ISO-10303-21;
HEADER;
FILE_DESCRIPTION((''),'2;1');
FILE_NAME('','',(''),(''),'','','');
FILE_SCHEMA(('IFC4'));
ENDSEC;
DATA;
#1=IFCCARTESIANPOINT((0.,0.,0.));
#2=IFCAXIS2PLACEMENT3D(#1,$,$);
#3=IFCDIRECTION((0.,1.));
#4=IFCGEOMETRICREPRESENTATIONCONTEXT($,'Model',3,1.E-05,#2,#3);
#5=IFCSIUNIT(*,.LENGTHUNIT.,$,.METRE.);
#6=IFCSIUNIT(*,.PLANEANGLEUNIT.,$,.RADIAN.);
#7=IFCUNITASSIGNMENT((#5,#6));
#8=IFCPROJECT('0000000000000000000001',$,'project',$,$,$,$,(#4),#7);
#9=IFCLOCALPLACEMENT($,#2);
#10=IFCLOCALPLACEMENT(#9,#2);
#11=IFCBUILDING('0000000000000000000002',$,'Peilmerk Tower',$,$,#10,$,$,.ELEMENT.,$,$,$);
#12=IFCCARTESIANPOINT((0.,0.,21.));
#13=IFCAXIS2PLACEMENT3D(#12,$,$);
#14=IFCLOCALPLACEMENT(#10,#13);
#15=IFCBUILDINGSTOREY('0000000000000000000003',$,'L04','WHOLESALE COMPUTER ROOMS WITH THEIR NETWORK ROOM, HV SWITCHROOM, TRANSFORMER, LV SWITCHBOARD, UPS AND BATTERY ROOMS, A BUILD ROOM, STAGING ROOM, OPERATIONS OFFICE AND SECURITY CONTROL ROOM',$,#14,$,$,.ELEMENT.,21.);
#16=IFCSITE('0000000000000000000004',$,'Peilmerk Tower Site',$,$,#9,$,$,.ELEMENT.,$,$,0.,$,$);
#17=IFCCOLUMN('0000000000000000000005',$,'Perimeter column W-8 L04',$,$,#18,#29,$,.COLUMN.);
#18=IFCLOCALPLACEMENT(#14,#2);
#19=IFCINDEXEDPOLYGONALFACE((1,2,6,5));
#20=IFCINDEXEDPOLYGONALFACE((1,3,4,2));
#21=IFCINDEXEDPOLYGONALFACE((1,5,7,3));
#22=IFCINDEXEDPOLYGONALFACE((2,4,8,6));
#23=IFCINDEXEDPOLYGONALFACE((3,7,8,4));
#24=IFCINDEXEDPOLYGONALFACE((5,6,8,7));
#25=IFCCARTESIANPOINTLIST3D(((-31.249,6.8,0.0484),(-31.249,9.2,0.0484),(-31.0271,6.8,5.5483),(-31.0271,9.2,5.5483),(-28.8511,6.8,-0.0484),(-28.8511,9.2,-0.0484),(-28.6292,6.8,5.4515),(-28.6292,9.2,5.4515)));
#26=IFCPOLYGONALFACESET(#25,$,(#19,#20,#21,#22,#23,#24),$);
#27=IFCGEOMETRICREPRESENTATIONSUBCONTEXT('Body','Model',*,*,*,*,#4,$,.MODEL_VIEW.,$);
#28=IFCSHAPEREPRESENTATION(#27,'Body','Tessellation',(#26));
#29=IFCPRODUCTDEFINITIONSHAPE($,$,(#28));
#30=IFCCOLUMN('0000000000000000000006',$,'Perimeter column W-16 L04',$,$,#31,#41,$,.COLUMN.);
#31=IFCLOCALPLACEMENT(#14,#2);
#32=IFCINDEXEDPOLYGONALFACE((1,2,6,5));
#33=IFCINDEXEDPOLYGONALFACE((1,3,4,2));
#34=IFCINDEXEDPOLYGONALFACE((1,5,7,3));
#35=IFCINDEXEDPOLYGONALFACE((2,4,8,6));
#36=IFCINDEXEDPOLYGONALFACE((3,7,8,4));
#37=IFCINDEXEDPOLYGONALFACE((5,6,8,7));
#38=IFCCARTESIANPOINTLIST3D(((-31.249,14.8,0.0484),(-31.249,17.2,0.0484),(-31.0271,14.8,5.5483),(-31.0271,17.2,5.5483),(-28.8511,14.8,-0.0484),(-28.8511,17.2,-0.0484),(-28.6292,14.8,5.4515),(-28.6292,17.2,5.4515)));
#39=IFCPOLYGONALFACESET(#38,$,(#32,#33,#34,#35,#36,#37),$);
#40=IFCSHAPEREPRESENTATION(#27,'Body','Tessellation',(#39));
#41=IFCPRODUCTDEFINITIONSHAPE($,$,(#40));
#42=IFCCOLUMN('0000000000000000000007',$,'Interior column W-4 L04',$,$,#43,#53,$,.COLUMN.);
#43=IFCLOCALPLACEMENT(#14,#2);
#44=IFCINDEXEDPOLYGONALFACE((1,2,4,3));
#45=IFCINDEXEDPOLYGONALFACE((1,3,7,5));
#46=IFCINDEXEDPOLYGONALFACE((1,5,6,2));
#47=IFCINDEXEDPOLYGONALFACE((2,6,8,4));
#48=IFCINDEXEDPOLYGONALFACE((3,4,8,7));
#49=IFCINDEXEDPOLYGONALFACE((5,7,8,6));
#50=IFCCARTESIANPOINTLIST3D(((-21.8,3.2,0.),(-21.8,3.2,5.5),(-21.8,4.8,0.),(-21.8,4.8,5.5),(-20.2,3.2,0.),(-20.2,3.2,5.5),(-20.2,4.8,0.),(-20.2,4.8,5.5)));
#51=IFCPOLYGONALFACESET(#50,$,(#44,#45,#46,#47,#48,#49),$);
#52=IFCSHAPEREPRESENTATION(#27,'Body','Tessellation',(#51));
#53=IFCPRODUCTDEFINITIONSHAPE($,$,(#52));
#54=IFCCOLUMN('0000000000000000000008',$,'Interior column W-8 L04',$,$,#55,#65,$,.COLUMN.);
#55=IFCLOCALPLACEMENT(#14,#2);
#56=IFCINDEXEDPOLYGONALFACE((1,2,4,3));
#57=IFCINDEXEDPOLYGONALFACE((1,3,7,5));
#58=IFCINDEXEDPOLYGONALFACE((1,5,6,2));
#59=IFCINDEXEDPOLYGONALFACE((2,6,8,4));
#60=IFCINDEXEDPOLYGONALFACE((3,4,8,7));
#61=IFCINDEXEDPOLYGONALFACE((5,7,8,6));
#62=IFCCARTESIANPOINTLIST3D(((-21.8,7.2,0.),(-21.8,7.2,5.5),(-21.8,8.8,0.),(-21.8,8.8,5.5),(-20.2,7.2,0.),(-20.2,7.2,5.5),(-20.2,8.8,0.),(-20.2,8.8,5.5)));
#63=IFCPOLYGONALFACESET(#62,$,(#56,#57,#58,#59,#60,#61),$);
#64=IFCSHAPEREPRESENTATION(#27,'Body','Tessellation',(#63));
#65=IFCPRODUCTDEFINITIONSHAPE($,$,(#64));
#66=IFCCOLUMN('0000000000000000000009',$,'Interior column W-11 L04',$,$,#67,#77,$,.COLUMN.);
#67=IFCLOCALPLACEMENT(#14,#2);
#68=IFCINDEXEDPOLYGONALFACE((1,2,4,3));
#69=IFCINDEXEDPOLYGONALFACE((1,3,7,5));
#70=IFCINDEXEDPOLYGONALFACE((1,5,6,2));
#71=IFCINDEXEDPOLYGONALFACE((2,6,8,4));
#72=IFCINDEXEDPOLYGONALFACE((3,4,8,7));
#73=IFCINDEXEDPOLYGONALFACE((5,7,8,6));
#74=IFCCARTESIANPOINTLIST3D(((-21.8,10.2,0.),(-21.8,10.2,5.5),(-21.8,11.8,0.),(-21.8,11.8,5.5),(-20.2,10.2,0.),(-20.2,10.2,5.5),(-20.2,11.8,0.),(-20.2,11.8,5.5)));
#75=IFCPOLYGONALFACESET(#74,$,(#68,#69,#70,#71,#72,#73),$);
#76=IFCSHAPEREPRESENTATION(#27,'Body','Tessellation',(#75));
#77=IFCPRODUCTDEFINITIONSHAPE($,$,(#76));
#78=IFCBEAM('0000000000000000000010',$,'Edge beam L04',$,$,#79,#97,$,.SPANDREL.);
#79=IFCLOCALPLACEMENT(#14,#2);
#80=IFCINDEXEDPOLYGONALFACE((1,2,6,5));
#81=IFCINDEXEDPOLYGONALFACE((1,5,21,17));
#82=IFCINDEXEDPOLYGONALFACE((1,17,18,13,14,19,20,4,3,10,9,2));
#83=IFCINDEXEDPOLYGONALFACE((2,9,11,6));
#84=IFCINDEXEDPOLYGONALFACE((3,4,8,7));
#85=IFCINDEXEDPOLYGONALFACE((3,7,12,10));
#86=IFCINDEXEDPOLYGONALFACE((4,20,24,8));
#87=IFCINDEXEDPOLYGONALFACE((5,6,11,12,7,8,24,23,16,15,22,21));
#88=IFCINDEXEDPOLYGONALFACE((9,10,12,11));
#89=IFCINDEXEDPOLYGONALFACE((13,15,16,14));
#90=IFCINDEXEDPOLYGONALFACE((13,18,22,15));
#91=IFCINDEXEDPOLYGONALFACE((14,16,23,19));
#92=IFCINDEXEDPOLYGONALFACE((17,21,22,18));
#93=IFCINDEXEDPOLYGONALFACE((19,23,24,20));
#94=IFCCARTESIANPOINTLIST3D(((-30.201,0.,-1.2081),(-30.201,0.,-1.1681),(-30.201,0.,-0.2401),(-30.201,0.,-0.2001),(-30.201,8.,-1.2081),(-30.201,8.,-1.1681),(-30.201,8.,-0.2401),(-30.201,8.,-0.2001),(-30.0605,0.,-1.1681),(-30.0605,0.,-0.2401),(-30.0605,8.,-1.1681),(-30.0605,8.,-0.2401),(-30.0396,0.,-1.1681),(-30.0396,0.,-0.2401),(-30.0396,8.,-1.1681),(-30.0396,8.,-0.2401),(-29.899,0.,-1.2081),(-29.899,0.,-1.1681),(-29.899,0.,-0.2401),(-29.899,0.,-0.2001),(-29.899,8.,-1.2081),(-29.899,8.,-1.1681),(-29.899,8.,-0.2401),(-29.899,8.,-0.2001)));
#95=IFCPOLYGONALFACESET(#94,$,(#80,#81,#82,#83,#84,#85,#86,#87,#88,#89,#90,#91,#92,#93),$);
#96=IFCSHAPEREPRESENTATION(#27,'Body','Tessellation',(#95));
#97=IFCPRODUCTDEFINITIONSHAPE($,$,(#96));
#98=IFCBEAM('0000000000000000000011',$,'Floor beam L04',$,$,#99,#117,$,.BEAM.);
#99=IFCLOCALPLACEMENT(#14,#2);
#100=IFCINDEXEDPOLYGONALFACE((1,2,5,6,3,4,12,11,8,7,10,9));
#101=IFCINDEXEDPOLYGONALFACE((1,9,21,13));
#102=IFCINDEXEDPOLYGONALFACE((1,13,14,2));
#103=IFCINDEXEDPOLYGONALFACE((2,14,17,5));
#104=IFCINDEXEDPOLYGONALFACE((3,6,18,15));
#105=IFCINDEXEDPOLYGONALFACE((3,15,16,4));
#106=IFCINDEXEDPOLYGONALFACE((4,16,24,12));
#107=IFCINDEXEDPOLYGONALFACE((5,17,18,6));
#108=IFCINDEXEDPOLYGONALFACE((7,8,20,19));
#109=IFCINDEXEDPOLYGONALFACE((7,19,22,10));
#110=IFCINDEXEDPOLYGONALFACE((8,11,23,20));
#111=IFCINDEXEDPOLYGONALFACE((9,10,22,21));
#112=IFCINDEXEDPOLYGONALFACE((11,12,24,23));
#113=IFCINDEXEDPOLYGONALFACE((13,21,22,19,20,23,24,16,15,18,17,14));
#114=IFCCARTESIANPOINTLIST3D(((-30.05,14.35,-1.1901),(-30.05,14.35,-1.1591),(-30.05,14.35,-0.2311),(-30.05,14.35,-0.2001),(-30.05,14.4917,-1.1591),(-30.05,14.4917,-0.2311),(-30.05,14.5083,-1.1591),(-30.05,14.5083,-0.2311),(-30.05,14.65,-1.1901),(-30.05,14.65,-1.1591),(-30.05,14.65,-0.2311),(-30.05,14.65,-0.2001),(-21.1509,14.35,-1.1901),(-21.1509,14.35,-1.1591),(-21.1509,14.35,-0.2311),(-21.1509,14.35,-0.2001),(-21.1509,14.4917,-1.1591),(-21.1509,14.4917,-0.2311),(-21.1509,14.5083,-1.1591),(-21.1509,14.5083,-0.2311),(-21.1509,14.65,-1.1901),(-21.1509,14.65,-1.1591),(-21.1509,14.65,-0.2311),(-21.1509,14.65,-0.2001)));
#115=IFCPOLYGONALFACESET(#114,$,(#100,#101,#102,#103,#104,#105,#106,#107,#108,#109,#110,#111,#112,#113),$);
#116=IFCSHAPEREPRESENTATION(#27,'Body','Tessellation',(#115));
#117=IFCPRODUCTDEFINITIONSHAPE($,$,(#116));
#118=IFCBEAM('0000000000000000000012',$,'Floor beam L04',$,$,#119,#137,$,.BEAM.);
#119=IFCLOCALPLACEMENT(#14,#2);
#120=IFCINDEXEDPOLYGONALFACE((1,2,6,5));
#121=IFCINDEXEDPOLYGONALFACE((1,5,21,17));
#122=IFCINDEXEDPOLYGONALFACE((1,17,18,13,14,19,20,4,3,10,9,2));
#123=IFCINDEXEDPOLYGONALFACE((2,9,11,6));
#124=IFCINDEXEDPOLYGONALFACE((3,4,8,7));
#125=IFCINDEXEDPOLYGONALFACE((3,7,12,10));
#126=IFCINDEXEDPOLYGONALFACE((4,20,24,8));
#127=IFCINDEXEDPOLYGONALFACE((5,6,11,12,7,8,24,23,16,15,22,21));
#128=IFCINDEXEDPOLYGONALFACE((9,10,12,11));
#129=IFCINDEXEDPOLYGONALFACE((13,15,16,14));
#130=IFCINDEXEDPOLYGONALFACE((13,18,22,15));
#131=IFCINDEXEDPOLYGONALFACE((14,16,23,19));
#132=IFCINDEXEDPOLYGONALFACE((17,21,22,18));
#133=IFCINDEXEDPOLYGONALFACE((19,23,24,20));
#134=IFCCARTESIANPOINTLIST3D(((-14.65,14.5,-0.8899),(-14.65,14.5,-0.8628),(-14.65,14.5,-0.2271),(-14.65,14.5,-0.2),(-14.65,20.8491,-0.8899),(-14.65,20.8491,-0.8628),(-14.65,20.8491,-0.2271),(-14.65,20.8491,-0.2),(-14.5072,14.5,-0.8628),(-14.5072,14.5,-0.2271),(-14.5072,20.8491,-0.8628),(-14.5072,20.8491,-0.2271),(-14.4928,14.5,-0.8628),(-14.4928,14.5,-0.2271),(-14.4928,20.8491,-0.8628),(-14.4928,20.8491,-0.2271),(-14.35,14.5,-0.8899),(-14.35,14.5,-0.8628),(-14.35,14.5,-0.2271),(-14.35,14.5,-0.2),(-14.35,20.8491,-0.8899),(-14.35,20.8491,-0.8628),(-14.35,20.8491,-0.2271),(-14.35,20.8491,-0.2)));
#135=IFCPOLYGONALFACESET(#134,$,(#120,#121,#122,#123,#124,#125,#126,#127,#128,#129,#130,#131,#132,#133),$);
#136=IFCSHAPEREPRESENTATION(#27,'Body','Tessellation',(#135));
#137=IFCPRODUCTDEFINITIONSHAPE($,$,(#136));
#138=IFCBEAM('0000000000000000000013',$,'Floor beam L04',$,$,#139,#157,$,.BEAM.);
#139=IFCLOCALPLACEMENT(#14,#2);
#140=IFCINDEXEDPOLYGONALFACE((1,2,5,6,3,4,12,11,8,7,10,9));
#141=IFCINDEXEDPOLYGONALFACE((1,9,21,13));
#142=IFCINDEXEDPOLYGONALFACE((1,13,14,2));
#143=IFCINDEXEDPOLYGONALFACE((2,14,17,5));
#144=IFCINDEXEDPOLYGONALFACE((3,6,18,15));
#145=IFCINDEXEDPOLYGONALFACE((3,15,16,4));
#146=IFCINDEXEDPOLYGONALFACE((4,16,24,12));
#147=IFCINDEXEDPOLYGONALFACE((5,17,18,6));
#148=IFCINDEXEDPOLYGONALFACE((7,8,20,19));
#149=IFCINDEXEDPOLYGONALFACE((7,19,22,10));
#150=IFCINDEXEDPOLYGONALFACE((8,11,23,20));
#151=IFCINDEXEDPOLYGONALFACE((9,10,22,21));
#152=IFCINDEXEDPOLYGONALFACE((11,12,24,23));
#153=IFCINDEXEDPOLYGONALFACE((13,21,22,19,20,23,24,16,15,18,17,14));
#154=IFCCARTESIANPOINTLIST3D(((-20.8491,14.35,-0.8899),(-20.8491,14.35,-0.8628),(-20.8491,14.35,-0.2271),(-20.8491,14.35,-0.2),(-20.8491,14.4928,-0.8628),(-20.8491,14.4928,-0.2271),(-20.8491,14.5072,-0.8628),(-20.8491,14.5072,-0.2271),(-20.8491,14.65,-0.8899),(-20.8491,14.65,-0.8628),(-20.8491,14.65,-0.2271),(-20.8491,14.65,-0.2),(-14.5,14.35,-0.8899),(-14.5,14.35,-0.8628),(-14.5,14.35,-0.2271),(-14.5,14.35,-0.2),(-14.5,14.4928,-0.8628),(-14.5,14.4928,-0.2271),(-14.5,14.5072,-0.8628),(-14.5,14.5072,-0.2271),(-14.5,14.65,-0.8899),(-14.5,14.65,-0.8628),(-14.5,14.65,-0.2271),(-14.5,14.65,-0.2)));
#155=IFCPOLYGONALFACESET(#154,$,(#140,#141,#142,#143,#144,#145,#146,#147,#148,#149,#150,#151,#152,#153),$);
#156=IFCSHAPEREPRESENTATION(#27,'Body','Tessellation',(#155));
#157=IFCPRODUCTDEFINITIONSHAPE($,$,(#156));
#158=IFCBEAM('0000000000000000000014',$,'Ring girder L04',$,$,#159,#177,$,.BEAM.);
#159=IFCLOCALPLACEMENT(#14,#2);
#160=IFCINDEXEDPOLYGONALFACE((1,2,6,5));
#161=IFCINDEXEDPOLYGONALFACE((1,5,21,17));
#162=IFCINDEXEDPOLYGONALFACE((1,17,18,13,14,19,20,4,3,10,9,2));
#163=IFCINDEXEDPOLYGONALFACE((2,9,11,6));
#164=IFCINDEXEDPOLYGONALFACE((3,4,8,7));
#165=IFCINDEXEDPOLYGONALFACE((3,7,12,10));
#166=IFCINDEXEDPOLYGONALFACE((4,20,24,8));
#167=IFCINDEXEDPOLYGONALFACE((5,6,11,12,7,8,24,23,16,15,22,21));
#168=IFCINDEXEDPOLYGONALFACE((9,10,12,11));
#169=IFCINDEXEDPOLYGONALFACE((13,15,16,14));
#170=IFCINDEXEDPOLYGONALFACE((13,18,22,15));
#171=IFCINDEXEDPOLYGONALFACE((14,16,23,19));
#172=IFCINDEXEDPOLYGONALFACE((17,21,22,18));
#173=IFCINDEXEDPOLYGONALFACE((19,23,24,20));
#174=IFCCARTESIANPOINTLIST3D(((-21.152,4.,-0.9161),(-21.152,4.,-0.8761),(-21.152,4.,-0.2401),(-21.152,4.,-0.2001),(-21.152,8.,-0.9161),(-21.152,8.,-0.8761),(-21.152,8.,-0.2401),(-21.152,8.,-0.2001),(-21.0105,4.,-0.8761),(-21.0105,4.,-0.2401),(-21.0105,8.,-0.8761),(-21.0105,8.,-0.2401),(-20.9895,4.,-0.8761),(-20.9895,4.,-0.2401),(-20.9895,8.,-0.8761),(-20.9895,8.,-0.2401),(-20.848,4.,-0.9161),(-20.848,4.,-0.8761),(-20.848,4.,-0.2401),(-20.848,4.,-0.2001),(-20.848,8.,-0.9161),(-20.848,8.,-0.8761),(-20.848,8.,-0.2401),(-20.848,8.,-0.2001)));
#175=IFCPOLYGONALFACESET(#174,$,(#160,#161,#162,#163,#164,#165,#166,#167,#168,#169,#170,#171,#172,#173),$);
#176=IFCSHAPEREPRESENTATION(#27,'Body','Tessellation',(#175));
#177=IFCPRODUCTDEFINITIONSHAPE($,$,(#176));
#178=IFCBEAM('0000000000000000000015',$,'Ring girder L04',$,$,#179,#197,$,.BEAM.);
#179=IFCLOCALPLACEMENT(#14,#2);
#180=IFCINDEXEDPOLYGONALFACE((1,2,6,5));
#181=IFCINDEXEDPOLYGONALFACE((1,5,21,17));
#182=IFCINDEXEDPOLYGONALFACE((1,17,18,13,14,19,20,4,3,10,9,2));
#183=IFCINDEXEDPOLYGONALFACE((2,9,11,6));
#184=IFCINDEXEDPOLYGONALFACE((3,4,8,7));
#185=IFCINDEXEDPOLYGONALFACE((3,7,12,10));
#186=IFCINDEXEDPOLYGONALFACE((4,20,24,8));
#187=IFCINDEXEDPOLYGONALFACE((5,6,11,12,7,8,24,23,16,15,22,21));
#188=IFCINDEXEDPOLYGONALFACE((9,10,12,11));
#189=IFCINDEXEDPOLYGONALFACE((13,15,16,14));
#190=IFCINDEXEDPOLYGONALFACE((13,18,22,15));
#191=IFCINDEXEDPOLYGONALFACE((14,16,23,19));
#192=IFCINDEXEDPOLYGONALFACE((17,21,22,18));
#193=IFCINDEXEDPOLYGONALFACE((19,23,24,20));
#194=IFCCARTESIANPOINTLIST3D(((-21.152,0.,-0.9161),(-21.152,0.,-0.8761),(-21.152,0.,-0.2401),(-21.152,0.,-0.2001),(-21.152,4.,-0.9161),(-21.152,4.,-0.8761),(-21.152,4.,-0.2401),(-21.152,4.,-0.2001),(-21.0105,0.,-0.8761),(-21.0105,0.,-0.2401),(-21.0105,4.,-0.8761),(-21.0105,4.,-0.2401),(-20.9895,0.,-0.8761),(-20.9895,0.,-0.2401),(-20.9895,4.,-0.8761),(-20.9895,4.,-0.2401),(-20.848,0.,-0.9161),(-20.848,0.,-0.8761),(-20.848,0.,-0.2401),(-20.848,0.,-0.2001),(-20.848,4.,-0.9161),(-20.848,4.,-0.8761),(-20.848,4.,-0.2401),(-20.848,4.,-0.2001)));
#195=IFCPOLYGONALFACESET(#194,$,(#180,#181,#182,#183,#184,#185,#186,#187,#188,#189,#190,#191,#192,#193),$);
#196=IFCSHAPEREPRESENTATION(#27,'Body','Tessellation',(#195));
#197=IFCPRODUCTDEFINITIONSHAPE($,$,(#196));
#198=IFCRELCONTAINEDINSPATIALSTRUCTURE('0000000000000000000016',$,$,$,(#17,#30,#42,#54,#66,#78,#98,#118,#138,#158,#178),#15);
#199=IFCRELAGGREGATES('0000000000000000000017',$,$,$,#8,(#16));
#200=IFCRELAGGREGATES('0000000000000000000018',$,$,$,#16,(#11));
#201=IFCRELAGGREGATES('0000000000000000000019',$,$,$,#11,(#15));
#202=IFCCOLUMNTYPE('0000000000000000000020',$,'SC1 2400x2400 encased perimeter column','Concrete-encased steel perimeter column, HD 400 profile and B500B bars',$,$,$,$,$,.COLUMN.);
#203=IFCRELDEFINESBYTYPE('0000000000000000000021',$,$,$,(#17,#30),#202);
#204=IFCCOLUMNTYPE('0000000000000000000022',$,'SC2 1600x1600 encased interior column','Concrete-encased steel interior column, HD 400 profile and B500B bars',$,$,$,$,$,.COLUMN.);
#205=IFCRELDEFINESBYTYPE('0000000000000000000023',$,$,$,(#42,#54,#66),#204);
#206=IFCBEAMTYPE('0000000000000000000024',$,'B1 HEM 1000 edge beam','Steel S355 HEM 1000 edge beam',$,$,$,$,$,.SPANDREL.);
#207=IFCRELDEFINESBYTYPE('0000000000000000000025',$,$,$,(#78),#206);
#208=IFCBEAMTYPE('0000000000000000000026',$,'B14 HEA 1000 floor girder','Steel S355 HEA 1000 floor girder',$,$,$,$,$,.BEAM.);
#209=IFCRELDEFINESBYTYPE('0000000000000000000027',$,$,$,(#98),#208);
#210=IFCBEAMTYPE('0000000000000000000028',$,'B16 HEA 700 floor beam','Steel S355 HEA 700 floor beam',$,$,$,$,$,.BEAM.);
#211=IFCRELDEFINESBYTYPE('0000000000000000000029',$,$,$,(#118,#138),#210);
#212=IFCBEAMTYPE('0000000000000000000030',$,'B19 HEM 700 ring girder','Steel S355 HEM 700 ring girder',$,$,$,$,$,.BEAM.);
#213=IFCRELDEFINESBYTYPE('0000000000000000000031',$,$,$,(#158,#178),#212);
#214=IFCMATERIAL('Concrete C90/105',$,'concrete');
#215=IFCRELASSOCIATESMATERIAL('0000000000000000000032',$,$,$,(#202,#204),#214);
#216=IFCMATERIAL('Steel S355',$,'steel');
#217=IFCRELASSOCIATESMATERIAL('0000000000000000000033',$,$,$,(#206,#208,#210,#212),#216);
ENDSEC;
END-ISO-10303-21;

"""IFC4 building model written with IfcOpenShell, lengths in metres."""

from ifc_helpers import new_model, si_unit, direction, frame, origin, origin_2d, place, context, subcontext, project, spatial, rectangle, i_section, extrude, material, material_profile, profile_set, type_object, element, save


model = new_model("IFC4")

# Units and contexts
model_context = context("Model", 3, precision=1e-05, world=origin(), true_north=direction((0.0, 1.0)))
body_context = subcontext(model_context, "Body", "Model", "MODEL_VIEW")
ifc_project = project(units=[si_unit("LENGTHUNIT", "METRE"), si_unit("PLANEANGLEUNIT", "RADIAN")], contexts=[model_context])

# Site, building, storey
site_placement = place(None, origin())
site = spatial("IfcSite", under=ifc_project, at=site_placement, Name="Peilmerk Tower Site", CompositionType="ELEMENT", RefElevation=0.0)
building_placement = place(site_placement, origin())
building = spatial("IfcBuilding", under=site, at=building_placement, Name="Peilmerk Tower", CompositionType="ELEMENT")
storey_placement = place(building_placement, frame((0.0, 0.0, 21.0)))
storey = spatial("IfcBuildingStorey", under=building, at=storey_placement, Name="L04", Description="WHOLESALE COMPUTER ROOMS WITH THEIR NETWORK ROOM, HV SWITCHROOM, TRANSFORMER, LV SWITCHBOARD, UPS AND BATTERY ROOMS, A BUILD ROOM, STAGING ROOM, OPERATIONS OFFICE AND SECURITY CONTROL ROOM", CompositionType="ELEMENT", Elevation=21.0)

# Columns
ifc_material_1 = material(Name="Concrete C90/105", Category="concrete")
ifc_material_profile_1 = material_profile(ifc_material_1, rectangle(XDim=2.3999, YDim=2.3999, at=origin_2d()), Name="RC 2400x2400")
ifc_profile_set_1 = profile_set([ifc_material_profile_1], Name="Concrete C90/105")
column_type_1 = type_object("IfcColumnType", Name="SC1 2400x2400 encased perimeter column", Description="Concrete-encased steel perimeter column, HD 400 profile and B500B bars", PredefinedType="COLUMN", material=ifc_profile_set_1)
for number, where, z_axis, x_axis, name in (
    (1, (-30.05, 8.0, 0.0), (0.040317, 0.0, 0.999187), (0.0, 1.0, 0.0), "Perimeter column W-8 L04"),
    (2, (-30.05, 16.0, 0.0), (0.040317, 0.0, 0.999187), (0.0, 1.0, 0.0), "Perimeter column W-16 L04"),
):
    element("IfcColumn", number, at=place(storey_placement, frame(where, z_axis=z_axis, x_axis=x_axis)), inside=storey, type_object=column_type_1, Name=name, PredefinedType="COLUMN", context=body_context, shape_type="SweptSolid", body=[
        extrude(rectangle(XDim=2.3999, YDim=2.3999, at=origin_2d()), origin(), (0.0, 0.0, 1.0), 5.5044),
    ])
ifc_material_profile_2 = material_profile(ifc_material_1, rectangle(XDim=1.6001, YDim=1.6001, at=origin_2d()), Name="RC 1600x1600")
ifc_profile_set_2 = profile_set([ifc_material_profile_2], Name="Concrete C90/105")
column_type_2 = type_object("IfcColumnType", Name="SC2 1600x1600 encased interior column", Description="Concrete-encased steel interior column, HD 400 profile and B500B bars", PredefinedType="COLUMN", material=ifc_profile_set_2)
for number, where, z_axis, x_axis, name in (
    (3, (-21.0, 4.0, 0.0), (0.0, 0.0, 1.0), (1.0, 0.0, 0.0), "Interior column W-4 L04"),
    (4, (-21.0, 8.0, 0.0), (0.0, 0.0, 1.0), (1.0, 0.0, 0.0), "Interior column W-8 L04"),
    (5, (-21.0, 11.0, 0.0), (0.0, 0.0, 1.0), (1.0, 0.0, 0.0), "Interior column W-11 L04"),
):
    element("IfcColumn", number, at=place(storey_placement, frame(where, z_axis=z_axis, x_axis=x_axis)), inside=storey, type_object=column_type_2, Name=name, PredefinedType="COLUMN", context=body_context, shape_type="SweptSolid", body=[
        extrude(rectangle(XDim=1.6001, YDim=1.6001, at=origin_2d()), origin(), (0.0, 0.0, 1.0), 5.5),
    ])

# Beams
ifc_material_2 = material(Name="Steel S355", Category="steel")
ifc_material_profile_3 = material_profile(ifc_material_2, i_section(OverallWidth=0.302, OverallDepth=1.0081, WebThickness=0.021, FlangeThickness=0.04, at=origin_2d()), Name="HEM 1000")
ifc_profile_set_3 = profile_set([ifc_material_profile_3], Name="Steel S355")
beam_type_1 = type_object("IfcBeamType", Name="B1 HEM 1000 edge beam", Description="Steel S355 HEM 1000 edge beam", PredefinedType="SPANDREL", material=ifc_profile_set_3)
beam_1_placement = place(storey_placement, frame((-30.05, 8.0, -0.7041), z_axis=(0.0, -1.0, 0.0), x_axis=(1.0, 0.0, 0.0)))
element("IfcBeam", 6, at=beam_1_placement, inside=storey, type_object=beam_type_1, Name="Edge beam L04", PredefinedType="SPANDREL", context=body_context, shape_type="SweptSolid", body=[
    extrude(i_section(OverallWidth=0.302, OverallDepth=1.0081, WebThickness=0.021, FlangeThickness=0.04, at=origin_2d()), origin(), (0.0, 0.0, 1.0), 8.0),
])
ifc_material_profile_4 = material_profile(ifc_material_2, i_section(OverallWidth=0.3, OverallDepth=0.99, WebThickness=0.0166, FlangeThickness=0.031, at=origin_2d()), Name="HEA 1000")
ifc_profile_set_4 = profile_set([ifc_material_profile_4], Name="Steel S355")
beam_type_2 = type_object("IfcBeamType", Name="B14 HEA 1000 floor girder", Description="Steel S355 HEA 1000 floor girder", PredefinedType="BEAM", material=ifc_profile_set_4)
beam_2_placement = place(storey_placement, frame((-21.1509, 14.5, -0.6951), z_axis=(-1.0, 0.0, 0.0), x_axis=(0.0, -1.0, 0.0)))
element("IfcBeam", 7, at=beam_2_placement, inside=storey, type_object=beam_type_2, Name="Floor beam L04", PredefinedType="BEAM", context=body_context, shape_type="SweptSolid", body=[
    extrude(i_section(OverallWidth=0.3, OverallDepth=0.99, WebThickness=0.0166, FlangeThickness=0.031, at=origin_2d()), origin(), (0.0, 0.0, 1.0), 8.8992),
])
ifc_material_profile_5 = material_profile(ifc_material_2, i_section(OverallWidth=0.3, OverallDepth=0.6899, WebThickness=0.0144, FlangeThickness=0.0271, at=origin_2d()), Name="HEA 700")
ifc_profile_set_5 = profile_set([ifc_material_profile_5], Name="Steel S355")
beam_type_3 = type_object("IfcBeamType", Name="B16 HEA 700 floor beam", Description="Steel S355 HEA 700 floor beam", PredefinedType="BEAM", material=ifc_profile_set_5)
for number, where, z_axis, x_axis, name in (
    (8, (-14.5, 14.5, -0.5449), (0.0, 1.0, 0.0), (-1.0, 0.0, 0.0), "Floor beam L04"),
    (9, (-14.5, 14.5, -0.5449), (-1.0, 0.0, 0.0), (0.0, -1.0, 0.0), "Floor beam L04"),
):
    element("IfcBeam", number, at=place(storey_placement, frame(where, z_axis=z_axis, x_axis=x_axis)), inside=storey, type_object=beam_type_3, Name=name, PredefinedType="BEAM", context=body_context, shape_type="SweptSolid", body=[
        extrude(i_section(OverallWidth=0.3, OverallDepth=0.6899, WebThickness=0.0144, FlangeThickness=0.0271, at=origin_2d()), origin(), (0.0, 0.0, 1.0), 6.3491),
    ])
ifc_material_profile_6 = material_profile(ifc_material_2, i_section(OverallWidth=0.304, OverallDepth=0.7161, WebThickness=0.021, FlangeThickness=0.04, at=origin_2d()), Name="HEM 700")
ifc_profile_set_6 = profile_set([ifc_material_profile_6], Name="Steel S355")
beam_type_4 = type_object("IfcBeamType", Name="B19 HEM 700 ring girder", Description="Steel S355 HEM 700 ring girder", PredefinedType="BEAM", material=ifc_profile_set_6)
for number, where, z_axis, x_axis, name in (
    (10, (-21.0, 8.0, -0.5581), (0.0, -1.0, 0.0), (1.0, 0.0, 0.0), "Ring girder L04"),
    (11, (-21.0, 4.0, -0.5581), (0.0, -1.0, 0.0), (1.0, 0.0, 0.0), "Ring girder L04"),
):
    element("IfcBeam", number, at=place(storey_placement, frame(where, z_axis=z_axis, x_axis=x_axis)), inside=storey, type_object=beam_type_4, Name=name, PredefinedType="BEAM", context=body_context, shape_type="SweptSolid", body=[
        extrude(i_section(OverallWidth=0.304, OverallDepth=0.7161, WebThickness=0.021, FlangeThickness=0.04, at=origin_2d()), origin(), (0.0, 0.0, 1.0), 4.0),
    ])

save(model, "model.ifc")
